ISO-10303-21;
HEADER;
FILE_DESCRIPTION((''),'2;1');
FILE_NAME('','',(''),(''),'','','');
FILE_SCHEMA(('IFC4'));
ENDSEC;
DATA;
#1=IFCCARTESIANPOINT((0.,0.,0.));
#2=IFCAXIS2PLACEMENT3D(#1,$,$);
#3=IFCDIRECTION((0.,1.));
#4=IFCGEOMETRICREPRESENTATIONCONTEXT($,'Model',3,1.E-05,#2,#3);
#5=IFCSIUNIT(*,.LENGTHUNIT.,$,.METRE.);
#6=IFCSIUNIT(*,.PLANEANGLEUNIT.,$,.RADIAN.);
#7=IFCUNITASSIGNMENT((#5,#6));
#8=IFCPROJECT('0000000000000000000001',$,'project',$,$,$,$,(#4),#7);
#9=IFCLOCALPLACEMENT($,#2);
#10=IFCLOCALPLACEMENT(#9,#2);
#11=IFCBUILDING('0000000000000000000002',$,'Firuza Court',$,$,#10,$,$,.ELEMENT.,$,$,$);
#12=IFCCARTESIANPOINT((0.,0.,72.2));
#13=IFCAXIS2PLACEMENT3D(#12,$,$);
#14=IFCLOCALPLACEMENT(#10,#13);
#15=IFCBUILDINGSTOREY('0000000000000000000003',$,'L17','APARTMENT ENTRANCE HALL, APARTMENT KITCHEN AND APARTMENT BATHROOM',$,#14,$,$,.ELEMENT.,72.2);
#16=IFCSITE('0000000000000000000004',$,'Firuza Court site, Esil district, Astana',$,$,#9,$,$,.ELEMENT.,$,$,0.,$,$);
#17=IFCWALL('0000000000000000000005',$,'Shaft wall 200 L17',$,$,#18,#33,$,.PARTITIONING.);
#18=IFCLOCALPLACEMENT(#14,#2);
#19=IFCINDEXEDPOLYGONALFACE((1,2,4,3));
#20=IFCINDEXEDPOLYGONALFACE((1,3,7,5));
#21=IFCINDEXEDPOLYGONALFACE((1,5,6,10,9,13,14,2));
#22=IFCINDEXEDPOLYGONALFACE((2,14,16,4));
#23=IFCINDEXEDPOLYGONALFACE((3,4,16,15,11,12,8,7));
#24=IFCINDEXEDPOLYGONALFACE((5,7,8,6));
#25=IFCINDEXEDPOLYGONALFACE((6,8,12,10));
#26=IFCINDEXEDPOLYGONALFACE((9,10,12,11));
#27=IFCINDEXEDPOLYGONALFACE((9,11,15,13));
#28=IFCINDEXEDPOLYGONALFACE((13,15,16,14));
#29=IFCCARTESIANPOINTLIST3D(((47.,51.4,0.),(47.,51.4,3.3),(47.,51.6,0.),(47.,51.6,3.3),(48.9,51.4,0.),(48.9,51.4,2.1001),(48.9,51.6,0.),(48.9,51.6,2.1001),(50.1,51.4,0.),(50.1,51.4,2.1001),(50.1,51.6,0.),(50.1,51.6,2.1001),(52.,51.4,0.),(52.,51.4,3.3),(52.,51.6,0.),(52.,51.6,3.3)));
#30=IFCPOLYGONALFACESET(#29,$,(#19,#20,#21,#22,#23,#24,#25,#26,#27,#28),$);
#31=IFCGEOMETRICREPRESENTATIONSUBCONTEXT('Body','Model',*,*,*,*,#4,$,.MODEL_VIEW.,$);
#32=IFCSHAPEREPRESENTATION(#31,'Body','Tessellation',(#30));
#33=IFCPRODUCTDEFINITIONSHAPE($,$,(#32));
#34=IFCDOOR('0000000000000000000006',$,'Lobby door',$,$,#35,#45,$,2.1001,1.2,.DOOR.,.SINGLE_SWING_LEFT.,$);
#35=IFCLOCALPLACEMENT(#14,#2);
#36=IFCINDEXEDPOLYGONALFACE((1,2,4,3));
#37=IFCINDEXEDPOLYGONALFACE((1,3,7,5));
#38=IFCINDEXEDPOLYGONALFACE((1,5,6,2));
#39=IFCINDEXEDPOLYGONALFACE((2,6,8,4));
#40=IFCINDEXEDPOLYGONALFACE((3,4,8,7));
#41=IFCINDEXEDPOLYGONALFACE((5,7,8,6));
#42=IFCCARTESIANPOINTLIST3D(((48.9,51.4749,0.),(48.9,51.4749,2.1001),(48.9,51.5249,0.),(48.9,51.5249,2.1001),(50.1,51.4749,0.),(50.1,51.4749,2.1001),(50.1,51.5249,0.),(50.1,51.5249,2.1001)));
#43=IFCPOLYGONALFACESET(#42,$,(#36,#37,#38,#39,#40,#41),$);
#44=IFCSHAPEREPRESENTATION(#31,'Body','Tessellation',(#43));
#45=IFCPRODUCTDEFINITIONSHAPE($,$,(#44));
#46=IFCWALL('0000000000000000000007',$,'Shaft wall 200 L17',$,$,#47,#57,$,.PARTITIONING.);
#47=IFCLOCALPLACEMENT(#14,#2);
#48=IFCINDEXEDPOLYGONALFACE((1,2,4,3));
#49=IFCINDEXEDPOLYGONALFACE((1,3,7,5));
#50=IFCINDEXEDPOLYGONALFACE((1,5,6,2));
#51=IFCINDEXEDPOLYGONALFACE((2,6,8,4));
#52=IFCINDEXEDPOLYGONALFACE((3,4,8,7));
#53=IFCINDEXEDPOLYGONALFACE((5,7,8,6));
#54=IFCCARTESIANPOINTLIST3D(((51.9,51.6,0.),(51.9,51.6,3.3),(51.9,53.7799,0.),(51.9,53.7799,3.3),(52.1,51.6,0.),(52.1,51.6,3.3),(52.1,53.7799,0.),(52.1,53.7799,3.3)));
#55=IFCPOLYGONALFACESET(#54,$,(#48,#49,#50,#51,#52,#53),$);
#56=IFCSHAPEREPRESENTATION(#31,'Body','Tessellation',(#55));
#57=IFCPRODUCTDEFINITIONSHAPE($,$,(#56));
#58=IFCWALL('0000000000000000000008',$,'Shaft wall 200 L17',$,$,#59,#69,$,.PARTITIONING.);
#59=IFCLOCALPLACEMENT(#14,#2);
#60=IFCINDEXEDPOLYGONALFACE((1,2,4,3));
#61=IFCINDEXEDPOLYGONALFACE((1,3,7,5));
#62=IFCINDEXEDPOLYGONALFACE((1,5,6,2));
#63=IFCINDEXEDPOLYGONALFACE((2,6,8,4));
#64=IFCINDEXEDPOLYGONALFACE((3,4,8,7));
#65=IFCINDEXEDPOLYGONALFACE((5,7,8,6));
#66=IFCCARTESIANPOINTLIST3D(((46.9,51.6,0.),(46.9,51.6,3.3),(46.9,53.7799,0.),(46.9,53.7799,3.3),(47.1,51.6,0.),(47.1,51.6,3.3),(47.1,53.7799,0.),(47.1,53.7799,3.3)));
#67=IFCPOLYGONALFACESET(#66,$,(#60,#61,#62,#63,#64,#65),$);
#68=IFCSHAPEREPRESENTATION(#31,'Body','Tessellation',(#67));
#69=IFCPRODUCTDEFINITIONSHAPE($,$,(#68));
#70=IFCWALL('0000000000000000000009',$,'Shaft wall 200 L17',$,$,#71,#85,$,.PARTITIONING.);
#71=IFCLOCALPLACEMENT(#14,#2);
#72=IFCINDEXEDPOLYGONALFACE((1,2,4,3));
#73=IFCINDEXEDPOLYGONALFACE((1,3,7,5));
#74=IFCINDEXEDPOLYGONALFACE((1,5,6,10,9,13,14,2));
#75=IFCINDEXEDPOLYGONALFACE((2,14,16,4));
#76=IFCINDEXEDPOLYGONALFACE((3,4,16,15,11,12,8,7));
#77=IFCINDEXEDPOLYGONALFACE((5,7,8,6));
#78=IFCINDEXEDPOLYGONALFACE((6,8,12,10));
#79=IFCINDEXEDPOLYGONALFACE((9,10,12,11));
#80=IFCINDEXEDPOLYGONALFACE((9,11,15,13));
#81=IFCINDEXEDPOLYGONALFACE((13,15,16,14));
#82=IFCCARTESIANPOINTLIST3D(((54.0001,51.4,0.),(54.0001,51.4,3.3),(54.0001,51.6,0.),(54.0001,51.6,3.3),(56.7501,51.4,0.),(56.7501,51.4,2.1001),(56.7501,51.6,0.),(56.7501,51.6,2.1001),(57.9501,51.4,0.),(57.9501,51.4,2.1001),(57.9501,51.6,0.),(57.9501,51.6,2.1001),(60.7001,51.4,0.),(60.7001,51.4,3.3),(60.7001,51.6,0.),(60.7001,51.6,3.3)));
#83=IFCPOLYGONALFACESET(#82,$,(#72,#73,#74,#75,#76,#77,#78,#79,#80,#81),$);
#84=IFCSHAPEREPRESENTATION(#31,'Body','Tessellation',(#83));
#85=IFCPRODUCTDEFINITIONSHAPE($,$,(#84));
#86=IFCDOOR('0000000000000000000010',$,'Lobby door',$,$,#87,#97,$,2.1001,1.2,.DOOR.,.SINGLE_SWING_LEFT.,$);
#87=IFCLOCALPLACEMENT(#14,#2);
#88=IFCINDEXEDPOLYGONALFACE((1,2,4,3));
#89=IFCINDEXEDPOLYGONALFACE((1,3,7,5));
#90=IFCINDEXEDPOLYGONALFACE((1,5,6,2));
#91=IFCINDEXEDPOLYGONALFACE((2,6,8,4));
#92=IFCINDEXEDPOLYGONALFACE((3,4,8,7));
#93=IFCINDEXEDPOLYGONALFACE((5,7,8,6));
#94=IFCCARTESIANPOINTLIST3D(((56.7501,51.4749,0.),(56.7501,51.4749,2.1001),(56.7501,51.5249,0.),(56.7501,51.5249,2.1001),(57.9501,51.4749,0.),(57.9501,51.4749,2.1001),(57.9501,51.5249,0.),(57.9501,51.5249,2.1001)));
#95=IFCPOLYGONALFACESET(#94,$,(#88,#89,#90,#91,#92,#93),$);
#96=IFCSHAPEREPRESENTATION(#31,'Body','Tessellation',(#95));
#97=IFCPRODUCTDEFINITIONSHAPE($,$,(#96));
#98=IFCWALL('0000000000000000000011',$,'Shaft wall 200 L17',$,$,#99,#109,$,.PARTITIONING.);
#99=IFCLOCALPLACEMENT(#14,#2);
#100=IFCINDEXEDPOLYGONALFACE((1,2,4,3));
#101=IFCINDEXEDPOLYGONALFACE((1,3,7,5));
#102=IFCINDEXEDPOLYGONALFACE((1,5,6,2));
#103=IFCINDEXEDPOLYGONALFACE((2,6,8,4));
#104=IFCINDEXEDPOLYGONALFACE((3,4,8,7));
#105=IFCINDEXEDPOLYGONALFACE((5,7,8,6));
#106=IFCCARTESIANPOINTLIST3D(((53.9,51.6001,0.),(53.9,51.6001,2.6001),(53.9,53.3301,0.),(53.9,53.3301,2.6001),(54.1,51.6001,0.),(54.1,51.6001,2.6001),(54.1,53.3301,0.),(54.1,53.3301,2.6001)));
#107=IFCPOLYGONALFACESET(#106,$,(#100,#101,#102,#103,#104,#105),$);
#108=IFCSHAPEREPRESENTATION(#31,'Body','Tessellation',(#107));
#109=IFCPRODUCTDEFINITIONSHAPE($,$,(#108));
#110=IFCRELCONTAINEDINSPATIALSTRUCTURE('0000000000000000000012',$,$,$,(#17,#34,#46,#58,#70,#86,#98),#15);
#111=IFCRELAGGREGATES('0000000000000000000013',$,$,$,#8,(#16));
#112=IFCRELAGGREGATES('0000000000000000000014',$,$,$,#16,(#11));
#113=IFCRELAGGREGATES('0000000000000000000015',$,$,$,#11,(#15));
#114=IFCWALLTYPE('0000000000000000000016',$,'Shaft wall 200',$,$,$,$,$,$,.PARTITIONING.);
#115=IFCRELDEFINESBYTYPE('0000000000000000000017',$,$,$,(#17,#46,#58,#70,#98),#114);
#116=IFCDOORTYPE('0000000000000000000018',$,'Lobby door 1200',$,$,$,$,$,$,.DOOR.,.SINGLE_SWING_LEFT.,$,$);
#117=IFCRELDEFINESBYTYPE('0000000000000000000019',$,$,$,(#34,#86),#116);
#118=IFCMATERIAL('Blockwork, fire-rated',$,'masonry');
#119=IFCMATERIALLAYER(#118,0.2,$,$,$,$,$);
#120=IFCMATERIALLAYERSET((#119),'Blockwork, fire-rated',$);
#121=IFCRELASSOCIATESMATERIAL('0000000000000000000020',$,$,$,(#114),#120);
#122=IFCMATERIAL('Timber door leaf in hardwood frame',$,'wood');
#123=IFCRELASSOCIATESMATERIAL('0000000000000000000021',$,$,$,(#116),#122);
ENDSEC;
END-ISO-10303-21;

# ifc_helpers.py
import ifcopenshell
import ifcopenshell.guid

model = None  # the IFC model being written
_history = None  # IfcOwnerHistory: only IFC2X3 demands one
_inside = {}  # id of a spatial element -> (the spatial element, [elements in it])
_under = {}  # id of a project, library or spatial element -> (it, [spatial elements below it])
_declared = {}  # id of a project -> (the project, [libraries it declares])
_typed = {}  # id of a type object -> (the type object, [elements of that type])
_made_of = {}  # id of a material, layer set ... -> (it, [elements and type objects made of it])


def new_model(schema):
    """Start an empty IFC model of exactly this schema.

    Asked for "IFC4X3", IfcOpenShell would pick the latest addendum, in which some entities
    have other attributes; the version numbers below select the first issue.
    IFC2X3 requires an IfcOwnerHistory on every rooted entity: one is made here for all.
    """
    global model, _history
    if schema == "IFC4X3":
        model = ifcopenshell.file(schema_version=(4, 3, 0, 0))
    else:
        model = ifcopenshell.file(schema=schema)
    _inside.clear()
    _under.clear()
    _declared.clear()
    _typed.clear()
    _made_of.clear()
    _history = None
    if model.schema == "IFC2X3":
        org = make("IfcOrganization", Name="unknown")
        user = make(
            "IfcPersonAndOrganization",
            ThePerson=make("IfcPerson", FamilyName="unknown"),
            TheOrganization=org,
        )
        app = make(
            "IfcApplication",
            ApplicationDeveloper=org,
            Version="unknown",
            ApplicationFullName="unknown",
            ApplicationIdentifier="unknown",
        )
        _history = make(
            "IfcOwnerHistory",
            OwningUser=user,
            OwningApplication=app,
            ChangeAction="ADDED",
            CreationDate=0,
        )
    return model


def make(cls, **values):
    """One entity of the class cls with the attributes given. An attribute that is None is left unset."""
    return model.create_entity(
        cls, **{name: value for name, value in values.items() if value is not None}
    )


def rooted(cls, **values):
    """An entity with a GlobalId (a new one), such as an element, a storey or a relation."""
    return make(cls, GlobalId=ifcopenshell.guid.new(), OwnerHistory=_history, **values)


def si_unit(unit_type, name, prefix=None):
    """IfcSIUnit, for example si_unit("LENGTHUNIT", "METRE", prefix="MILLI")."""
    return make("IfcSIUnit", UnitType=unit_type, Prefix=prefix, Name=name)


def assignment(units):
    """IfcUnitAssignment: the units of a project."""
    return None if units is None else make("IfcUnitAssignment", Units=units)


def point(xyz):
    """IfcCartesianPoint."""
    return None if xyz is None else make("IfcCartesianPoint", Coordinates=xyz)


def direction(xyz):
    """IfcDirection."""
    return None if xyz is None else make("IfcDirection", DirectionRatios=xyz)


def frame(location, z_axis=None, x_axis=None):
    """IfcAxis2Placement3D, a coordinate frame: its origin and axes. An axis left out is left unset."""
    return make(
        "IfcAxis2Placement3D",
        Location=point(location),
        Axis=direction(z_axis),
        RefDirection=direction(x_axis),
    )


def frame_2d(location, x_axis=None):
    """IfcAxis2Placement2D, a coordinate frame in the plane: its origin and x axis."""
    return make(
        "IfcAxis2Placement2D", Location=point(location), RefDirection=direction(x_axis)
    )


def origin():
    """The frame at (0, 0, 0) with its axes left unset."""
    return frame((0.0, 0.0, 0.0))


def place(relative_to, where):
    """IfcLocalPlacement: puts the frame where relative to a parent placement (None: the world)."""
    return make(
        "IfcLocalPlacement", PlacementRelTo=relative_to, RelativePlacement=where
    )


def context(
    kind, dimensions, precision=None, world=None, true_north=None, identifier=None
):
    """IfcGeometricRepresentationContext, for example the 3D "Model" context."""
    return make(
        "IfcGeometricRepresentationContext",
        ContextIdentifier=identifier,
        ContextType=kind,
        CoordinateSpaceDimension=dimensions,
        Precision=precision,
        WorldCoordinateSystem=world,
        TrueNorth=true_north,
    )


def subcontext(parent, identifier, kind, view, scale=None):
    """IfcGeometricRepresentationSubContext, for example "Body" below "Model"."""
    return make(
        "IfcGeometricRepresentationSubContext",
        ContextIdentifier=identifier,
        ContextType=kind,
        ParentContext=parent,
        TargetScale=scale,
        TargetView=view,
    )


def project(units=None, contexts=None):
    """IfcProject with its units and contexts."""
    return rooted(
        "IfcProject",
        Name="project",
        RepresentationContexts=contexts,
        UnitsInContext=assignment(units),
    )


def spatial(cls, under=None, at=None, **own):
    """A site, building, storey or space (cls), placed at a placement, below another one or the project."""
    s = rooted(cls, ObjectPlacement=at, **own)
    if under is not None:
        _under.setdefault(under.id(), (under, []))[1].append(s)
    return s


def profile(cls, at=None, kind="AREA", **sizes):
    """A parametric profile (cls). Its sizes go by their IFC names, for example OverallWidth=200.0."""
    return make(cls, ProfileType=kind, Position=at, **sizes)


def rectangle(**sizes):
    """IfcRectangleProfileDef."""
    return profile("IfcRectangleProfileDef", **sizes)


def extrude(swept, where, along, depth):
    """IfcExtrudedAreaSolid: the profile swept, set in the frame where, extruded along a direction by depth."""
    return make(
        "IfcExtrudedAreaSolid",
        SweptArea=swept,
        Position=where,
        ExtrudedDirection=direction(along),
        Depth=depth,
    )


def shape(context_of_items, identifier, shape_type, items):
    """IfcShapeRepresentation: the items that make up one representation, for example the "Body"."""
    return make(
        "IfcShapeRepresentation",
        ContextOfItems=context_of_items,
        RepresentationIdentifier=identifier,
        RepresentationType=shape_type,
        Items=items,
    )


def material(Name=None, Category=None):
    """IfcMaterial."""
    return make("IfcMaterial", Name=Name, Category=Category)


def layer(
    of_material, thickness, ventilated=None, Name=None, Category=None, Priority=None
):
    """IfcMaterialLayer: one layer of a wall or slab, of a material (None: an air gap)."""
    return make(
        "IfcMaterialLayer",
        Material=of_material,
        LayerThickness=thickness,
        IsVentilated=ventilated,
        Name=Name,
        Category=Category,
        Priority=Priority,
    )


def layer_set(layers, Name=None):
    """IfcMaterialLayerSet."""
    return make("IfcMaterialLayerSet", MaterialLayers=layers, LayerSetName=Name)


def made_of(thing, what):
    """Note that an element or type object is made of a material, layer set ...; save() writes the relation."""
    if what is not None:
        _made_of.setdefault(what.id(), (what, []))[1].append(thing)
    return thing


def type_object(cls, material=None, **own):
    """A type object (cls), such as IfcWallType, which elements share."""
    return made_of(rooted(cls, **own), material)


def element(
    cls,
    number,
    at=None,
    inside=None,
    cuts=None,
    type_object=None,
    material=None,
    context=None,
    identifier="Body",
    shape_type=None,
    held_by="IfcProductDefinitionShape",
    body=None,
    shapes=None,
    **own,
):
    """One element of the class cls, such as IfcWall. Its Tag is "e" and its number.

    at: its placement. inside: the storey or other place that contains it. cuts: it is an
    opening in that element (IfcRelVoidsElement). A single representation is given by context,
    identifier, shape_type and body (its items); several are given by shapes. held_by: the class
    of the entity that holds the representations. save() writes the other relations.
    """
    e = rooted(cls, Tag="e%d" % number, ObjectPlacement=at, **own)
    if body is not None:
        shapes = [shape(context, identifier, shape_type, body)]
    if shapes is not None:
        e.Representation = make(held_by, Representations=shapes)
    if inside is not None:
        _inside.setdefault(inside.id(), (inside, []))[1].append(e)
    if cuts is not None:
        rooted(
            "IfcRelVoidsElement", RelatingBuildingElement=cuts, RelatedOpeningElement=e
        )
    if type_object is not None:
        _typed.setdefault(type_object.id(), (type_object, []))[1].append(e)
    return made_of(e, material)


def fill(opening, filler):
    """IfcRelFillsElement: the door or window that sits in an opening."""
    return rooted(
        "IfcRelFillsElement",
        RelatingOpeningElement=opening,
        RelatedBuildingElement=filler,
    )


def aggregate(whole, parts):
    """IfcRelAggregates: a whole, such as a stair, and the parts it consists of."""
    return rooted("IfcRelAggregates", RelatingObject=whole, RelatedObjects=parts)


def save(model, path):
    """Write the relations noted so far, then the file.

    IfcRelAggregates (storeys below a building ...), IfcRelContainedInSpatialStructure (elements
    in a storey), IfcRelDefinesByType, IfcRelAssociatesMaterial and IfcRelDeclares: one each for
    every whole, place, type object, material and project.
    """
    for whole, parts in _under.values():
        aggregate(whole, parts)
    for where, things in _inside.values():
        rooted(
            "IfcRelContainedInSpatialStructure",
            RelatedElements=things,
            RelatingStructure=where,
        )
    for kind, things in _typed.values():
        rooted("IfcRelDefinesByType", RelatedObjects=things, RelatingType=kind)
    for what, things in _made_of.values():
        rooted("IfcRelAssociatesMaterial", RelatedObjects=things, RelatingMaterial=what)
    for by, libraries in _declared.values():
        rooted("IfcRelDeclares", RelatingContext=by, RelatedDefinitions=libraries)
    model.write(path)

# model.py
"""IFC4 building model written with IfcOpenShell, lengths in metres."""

from ifc_helpers import new_model, si_unit, direction, frame, frame_2d, origin, place, context, subcontext, project, spatial, rectangle, extrude, material, layer, layer_set, type_object, element, fill, save


model = new_model("IFC4")

# Units and contexts
model_context = context("Model", 3, precision=1e-05, world=origin(), true_north=direction((0.0, 1.0)))
body_context = subcontext(model_context, "Body", "Model", "MODEL_VIEW")
ifc_project = project(units=[si_unit("LENGTHUNIT", "METRE"), si_unit("PLANEANGLEUNIT", "RADIAN")], contexts=[model_context])

# Site, building, storey
site_placement = place(None, origin())
site = spatial("IfcSite", under=ifc_project, at=site_placement, Name="Firuza Court site, Esil district, Astana", CompositionType="ELEMENT", RefElevation=0.0)
building_placement = place(site_placement, origin())
building = spatial("IfcBuilding", under=site, at=building_placement, Name="Firuza Court", CompositionType="ELEMENT")
storey_placement = place(building_placement, frame((0.0, 0.0, 72.2)))
storey = spatial("IfcBuildingStorey", under=building, at=storey_placement, Name="L17", Description="APARTMENT ENTRANCE HALL, APARTMENT KITCHEN AND APARTMENT BATHROOM", CompositionType="ELEMENT", Elevation=72.2)

# Wall, opening, door
ifc_material_1 = material(Name="Blockwork, fire-rated", Category="masonry")
ifc_layer_1 = layer(ifc_material_1, 0.2)
ifc_layer_set_1 = layer_set([ifc_layer_1], Name="Blockwork, fire-rated")
wall_type_1 = type_object("IfcWallType", Name="Shaft wall 200", PredefinedType="PARTITIONING", material=ifc_layer_set_1)
wall_1_placement = place(storey_placement, frame((47.0, 51.5, 0.0), z_axis=(0.0, 0.0, 1.0), x_axis=(1.0, 0.0, 0.0)))
wall_1 = element("IfcWall", 1, at=wall_1_placement, inside=storey, type_object=wall_type_1, Name="Shaft wall 200 L17", PredefinedType="PARTITIONING", context=body_context, shape_type="SweptSolid", body=[
    extrude(rectangle(XDim=5.0, YDim=0.2, at=frame_2d((2.5, 0.0))), origin(), (0.0, 0.0, 1.0), 3.3),
])
opening_1_placement = place(wall_1_placement, frame((1.8999, 0.0, 0.0)))
opening_1 = element("IfcOpeningElement", 2, at=opening_1_placement, cuts=wall_1, PredefinedType="OPENING", context=body_context, shape_type="SweptSolid", body=[
    extrude(rectangle(XDim=1.2, YDim=2.1001, at=frame_2d((0.6001, 1.05))), frame((0.0, 0.1118, 0.0), z_axis=(0.0, -1.0, 0.0), x_axis=(1.0, 0.0, 0.0)), (0.0, 0.0, 1.0), 0.2239),
])
ifc_material_2 = material(Name="Timber door leaf in hardwood frame", Category="wood")
door_type_1 = type_object("IfcDoorType", Name="Lobby door 1200", OperationType="SINGLE_SWING_LEFT", PredefinedType="DOOR", material=ifc_material_2)
door_1_placement = place(opening_1_placement, origin())
door_1 = element("IfcDoor", 3, at=door_1_placement, inside=storey, type_object=door_type_1, Name="Lobby door", OperationType="SINGLE_SWING_LEFT", OverallHeight=2.1001, OverallWidth=1.2, PredefinedType="DOOR", context=body_context, shape_type="SweptSolid", body=[
    extrude(rectangle(XDim=1.2, YDim=2.1001, at=frame_2d((0.6001, 1.05))), frame((0.0, 0.0249, 0.0), z_axis=(0.0, -1.0, 0.0), x_axis=(1.0, 0.0, 0.0)), (0.0, 0.0, 1.0), 0.05),
])
fill(opening_1, door_1)

# Walls
for number, where, z_axis, x_axis, name in (
    (4, (52.0, 51.6001, 0.0), (0.0, 0.0, 1.0), (0.0, 1.0, 0.0), "Shaft wall 200 L17"),
    (5, (47.0, 51.6001, 0.0), (0.0, 0.0, 1.0), (0.0, 1.0, 0.0), "Shaft wall 200 L17"),
):
    element("IfcWall", number, at=place(storey_placement, frame(where, z_axis=z_axis, x_axis=x_axis)), inside=storey, type_object=wall_type_1, Name=name, PredefinedType="PARTITIONING", context=body_context, shape_type="SweptSolid", body=[
        extrude(rectangle(XDim=2.1799, YDim=0.2, at=frame_2d((1.0898, 0.0))), origin(), (0.0, 0.0, 1.0), 3.3),
    ])

# Wall, opening, door
wall_2_placement = place(storey_placement, frame((54.0, 51.5, 0.0), z_axis=(0.0, 0.0, 1.0), x_axis=(1.0, 0.0, 0.0)))
wall_2 = element("IfcWall", 6, at=wall_2_placement, inside=storey, type_object=wall_type_1, Name="Shaft wall 200 L17", PredefinedType="PARTITIONING", context=body_context, shape_type="SweptSolid", body=[
    extrude(rectangle(XDim=6.7, YDim=0.2, at=frame_2d((3.3501, 0.0))), origin(), (0.0, 0.0, 1.0), 3.3),
])
opening_2_placement = place(wall_2_placement, frame((2.75, 0.0, 0.0)))
opening_2 = element("IfcOpeningElement", 7, at=opening_2_placement, cuts=wall_2, PredefinedType="OPENING", context=body_context, shape_type="SweptSolid", body=[
    extrude(rectangle(XDim=1.2, YDim=2.1001, at=frame_2d((0.6001, 1.05))), frame((0.0, 0.1118, 0.0), z_axis=(0.0, -1.0, 0.0), x_axis=(1.0, 0.0, 0.0)), (0.0, 0.0, 1.0), 0.2239),
])
door_2_placement = place(opening_2_placement, origin())
door_2 = element("IfcDoor", 8, at=door_2_placement, inside=storey, type_object=door_type_1, Name="Lobby door", OperationType="SINGLE_SWING_LEFT", OverallHeight=2.1001, OverallWidth=1.2, PredefinedType="DOOR", context=body_context, shape_type="SweptSolid", body=[
    extrude(rectangle(XDim=1.2, YDim=2.1001, at=frame_2d((0.6001, 1.05))), frame((0.0, 0.0249, 0.0), z_axis=(0.0, -1.0, 0.0), x_axis=(1.0, 0.0, 0.0)), (0.0, 0.0, 1.0), 0.05),
])
fill(opening_2, door_2)

# Wall
wall_3_placement = place(storey_placement, frame((54.0, 51.6001, 0.0), z_axis=(0.0, 0.0, 1.0), x_axis=(0.0, 1.0, 0.0)))
element("IfcWall", 9, at=wall_3_placement, inside=storey, type_object=wall_type_1, Name="Shaft wall 200 L17", PredefinedType="PARTITIONING", context=body_context, shape_type="SweptSolid", body=[
    extrude(rectangle(XDim=1.73, YDim=0.2, at=frame_2d((0.865, 0.0))), origin(), (0.0, 0.0, 1.0), 2.6001),
])

save(model, "model.ifc")
